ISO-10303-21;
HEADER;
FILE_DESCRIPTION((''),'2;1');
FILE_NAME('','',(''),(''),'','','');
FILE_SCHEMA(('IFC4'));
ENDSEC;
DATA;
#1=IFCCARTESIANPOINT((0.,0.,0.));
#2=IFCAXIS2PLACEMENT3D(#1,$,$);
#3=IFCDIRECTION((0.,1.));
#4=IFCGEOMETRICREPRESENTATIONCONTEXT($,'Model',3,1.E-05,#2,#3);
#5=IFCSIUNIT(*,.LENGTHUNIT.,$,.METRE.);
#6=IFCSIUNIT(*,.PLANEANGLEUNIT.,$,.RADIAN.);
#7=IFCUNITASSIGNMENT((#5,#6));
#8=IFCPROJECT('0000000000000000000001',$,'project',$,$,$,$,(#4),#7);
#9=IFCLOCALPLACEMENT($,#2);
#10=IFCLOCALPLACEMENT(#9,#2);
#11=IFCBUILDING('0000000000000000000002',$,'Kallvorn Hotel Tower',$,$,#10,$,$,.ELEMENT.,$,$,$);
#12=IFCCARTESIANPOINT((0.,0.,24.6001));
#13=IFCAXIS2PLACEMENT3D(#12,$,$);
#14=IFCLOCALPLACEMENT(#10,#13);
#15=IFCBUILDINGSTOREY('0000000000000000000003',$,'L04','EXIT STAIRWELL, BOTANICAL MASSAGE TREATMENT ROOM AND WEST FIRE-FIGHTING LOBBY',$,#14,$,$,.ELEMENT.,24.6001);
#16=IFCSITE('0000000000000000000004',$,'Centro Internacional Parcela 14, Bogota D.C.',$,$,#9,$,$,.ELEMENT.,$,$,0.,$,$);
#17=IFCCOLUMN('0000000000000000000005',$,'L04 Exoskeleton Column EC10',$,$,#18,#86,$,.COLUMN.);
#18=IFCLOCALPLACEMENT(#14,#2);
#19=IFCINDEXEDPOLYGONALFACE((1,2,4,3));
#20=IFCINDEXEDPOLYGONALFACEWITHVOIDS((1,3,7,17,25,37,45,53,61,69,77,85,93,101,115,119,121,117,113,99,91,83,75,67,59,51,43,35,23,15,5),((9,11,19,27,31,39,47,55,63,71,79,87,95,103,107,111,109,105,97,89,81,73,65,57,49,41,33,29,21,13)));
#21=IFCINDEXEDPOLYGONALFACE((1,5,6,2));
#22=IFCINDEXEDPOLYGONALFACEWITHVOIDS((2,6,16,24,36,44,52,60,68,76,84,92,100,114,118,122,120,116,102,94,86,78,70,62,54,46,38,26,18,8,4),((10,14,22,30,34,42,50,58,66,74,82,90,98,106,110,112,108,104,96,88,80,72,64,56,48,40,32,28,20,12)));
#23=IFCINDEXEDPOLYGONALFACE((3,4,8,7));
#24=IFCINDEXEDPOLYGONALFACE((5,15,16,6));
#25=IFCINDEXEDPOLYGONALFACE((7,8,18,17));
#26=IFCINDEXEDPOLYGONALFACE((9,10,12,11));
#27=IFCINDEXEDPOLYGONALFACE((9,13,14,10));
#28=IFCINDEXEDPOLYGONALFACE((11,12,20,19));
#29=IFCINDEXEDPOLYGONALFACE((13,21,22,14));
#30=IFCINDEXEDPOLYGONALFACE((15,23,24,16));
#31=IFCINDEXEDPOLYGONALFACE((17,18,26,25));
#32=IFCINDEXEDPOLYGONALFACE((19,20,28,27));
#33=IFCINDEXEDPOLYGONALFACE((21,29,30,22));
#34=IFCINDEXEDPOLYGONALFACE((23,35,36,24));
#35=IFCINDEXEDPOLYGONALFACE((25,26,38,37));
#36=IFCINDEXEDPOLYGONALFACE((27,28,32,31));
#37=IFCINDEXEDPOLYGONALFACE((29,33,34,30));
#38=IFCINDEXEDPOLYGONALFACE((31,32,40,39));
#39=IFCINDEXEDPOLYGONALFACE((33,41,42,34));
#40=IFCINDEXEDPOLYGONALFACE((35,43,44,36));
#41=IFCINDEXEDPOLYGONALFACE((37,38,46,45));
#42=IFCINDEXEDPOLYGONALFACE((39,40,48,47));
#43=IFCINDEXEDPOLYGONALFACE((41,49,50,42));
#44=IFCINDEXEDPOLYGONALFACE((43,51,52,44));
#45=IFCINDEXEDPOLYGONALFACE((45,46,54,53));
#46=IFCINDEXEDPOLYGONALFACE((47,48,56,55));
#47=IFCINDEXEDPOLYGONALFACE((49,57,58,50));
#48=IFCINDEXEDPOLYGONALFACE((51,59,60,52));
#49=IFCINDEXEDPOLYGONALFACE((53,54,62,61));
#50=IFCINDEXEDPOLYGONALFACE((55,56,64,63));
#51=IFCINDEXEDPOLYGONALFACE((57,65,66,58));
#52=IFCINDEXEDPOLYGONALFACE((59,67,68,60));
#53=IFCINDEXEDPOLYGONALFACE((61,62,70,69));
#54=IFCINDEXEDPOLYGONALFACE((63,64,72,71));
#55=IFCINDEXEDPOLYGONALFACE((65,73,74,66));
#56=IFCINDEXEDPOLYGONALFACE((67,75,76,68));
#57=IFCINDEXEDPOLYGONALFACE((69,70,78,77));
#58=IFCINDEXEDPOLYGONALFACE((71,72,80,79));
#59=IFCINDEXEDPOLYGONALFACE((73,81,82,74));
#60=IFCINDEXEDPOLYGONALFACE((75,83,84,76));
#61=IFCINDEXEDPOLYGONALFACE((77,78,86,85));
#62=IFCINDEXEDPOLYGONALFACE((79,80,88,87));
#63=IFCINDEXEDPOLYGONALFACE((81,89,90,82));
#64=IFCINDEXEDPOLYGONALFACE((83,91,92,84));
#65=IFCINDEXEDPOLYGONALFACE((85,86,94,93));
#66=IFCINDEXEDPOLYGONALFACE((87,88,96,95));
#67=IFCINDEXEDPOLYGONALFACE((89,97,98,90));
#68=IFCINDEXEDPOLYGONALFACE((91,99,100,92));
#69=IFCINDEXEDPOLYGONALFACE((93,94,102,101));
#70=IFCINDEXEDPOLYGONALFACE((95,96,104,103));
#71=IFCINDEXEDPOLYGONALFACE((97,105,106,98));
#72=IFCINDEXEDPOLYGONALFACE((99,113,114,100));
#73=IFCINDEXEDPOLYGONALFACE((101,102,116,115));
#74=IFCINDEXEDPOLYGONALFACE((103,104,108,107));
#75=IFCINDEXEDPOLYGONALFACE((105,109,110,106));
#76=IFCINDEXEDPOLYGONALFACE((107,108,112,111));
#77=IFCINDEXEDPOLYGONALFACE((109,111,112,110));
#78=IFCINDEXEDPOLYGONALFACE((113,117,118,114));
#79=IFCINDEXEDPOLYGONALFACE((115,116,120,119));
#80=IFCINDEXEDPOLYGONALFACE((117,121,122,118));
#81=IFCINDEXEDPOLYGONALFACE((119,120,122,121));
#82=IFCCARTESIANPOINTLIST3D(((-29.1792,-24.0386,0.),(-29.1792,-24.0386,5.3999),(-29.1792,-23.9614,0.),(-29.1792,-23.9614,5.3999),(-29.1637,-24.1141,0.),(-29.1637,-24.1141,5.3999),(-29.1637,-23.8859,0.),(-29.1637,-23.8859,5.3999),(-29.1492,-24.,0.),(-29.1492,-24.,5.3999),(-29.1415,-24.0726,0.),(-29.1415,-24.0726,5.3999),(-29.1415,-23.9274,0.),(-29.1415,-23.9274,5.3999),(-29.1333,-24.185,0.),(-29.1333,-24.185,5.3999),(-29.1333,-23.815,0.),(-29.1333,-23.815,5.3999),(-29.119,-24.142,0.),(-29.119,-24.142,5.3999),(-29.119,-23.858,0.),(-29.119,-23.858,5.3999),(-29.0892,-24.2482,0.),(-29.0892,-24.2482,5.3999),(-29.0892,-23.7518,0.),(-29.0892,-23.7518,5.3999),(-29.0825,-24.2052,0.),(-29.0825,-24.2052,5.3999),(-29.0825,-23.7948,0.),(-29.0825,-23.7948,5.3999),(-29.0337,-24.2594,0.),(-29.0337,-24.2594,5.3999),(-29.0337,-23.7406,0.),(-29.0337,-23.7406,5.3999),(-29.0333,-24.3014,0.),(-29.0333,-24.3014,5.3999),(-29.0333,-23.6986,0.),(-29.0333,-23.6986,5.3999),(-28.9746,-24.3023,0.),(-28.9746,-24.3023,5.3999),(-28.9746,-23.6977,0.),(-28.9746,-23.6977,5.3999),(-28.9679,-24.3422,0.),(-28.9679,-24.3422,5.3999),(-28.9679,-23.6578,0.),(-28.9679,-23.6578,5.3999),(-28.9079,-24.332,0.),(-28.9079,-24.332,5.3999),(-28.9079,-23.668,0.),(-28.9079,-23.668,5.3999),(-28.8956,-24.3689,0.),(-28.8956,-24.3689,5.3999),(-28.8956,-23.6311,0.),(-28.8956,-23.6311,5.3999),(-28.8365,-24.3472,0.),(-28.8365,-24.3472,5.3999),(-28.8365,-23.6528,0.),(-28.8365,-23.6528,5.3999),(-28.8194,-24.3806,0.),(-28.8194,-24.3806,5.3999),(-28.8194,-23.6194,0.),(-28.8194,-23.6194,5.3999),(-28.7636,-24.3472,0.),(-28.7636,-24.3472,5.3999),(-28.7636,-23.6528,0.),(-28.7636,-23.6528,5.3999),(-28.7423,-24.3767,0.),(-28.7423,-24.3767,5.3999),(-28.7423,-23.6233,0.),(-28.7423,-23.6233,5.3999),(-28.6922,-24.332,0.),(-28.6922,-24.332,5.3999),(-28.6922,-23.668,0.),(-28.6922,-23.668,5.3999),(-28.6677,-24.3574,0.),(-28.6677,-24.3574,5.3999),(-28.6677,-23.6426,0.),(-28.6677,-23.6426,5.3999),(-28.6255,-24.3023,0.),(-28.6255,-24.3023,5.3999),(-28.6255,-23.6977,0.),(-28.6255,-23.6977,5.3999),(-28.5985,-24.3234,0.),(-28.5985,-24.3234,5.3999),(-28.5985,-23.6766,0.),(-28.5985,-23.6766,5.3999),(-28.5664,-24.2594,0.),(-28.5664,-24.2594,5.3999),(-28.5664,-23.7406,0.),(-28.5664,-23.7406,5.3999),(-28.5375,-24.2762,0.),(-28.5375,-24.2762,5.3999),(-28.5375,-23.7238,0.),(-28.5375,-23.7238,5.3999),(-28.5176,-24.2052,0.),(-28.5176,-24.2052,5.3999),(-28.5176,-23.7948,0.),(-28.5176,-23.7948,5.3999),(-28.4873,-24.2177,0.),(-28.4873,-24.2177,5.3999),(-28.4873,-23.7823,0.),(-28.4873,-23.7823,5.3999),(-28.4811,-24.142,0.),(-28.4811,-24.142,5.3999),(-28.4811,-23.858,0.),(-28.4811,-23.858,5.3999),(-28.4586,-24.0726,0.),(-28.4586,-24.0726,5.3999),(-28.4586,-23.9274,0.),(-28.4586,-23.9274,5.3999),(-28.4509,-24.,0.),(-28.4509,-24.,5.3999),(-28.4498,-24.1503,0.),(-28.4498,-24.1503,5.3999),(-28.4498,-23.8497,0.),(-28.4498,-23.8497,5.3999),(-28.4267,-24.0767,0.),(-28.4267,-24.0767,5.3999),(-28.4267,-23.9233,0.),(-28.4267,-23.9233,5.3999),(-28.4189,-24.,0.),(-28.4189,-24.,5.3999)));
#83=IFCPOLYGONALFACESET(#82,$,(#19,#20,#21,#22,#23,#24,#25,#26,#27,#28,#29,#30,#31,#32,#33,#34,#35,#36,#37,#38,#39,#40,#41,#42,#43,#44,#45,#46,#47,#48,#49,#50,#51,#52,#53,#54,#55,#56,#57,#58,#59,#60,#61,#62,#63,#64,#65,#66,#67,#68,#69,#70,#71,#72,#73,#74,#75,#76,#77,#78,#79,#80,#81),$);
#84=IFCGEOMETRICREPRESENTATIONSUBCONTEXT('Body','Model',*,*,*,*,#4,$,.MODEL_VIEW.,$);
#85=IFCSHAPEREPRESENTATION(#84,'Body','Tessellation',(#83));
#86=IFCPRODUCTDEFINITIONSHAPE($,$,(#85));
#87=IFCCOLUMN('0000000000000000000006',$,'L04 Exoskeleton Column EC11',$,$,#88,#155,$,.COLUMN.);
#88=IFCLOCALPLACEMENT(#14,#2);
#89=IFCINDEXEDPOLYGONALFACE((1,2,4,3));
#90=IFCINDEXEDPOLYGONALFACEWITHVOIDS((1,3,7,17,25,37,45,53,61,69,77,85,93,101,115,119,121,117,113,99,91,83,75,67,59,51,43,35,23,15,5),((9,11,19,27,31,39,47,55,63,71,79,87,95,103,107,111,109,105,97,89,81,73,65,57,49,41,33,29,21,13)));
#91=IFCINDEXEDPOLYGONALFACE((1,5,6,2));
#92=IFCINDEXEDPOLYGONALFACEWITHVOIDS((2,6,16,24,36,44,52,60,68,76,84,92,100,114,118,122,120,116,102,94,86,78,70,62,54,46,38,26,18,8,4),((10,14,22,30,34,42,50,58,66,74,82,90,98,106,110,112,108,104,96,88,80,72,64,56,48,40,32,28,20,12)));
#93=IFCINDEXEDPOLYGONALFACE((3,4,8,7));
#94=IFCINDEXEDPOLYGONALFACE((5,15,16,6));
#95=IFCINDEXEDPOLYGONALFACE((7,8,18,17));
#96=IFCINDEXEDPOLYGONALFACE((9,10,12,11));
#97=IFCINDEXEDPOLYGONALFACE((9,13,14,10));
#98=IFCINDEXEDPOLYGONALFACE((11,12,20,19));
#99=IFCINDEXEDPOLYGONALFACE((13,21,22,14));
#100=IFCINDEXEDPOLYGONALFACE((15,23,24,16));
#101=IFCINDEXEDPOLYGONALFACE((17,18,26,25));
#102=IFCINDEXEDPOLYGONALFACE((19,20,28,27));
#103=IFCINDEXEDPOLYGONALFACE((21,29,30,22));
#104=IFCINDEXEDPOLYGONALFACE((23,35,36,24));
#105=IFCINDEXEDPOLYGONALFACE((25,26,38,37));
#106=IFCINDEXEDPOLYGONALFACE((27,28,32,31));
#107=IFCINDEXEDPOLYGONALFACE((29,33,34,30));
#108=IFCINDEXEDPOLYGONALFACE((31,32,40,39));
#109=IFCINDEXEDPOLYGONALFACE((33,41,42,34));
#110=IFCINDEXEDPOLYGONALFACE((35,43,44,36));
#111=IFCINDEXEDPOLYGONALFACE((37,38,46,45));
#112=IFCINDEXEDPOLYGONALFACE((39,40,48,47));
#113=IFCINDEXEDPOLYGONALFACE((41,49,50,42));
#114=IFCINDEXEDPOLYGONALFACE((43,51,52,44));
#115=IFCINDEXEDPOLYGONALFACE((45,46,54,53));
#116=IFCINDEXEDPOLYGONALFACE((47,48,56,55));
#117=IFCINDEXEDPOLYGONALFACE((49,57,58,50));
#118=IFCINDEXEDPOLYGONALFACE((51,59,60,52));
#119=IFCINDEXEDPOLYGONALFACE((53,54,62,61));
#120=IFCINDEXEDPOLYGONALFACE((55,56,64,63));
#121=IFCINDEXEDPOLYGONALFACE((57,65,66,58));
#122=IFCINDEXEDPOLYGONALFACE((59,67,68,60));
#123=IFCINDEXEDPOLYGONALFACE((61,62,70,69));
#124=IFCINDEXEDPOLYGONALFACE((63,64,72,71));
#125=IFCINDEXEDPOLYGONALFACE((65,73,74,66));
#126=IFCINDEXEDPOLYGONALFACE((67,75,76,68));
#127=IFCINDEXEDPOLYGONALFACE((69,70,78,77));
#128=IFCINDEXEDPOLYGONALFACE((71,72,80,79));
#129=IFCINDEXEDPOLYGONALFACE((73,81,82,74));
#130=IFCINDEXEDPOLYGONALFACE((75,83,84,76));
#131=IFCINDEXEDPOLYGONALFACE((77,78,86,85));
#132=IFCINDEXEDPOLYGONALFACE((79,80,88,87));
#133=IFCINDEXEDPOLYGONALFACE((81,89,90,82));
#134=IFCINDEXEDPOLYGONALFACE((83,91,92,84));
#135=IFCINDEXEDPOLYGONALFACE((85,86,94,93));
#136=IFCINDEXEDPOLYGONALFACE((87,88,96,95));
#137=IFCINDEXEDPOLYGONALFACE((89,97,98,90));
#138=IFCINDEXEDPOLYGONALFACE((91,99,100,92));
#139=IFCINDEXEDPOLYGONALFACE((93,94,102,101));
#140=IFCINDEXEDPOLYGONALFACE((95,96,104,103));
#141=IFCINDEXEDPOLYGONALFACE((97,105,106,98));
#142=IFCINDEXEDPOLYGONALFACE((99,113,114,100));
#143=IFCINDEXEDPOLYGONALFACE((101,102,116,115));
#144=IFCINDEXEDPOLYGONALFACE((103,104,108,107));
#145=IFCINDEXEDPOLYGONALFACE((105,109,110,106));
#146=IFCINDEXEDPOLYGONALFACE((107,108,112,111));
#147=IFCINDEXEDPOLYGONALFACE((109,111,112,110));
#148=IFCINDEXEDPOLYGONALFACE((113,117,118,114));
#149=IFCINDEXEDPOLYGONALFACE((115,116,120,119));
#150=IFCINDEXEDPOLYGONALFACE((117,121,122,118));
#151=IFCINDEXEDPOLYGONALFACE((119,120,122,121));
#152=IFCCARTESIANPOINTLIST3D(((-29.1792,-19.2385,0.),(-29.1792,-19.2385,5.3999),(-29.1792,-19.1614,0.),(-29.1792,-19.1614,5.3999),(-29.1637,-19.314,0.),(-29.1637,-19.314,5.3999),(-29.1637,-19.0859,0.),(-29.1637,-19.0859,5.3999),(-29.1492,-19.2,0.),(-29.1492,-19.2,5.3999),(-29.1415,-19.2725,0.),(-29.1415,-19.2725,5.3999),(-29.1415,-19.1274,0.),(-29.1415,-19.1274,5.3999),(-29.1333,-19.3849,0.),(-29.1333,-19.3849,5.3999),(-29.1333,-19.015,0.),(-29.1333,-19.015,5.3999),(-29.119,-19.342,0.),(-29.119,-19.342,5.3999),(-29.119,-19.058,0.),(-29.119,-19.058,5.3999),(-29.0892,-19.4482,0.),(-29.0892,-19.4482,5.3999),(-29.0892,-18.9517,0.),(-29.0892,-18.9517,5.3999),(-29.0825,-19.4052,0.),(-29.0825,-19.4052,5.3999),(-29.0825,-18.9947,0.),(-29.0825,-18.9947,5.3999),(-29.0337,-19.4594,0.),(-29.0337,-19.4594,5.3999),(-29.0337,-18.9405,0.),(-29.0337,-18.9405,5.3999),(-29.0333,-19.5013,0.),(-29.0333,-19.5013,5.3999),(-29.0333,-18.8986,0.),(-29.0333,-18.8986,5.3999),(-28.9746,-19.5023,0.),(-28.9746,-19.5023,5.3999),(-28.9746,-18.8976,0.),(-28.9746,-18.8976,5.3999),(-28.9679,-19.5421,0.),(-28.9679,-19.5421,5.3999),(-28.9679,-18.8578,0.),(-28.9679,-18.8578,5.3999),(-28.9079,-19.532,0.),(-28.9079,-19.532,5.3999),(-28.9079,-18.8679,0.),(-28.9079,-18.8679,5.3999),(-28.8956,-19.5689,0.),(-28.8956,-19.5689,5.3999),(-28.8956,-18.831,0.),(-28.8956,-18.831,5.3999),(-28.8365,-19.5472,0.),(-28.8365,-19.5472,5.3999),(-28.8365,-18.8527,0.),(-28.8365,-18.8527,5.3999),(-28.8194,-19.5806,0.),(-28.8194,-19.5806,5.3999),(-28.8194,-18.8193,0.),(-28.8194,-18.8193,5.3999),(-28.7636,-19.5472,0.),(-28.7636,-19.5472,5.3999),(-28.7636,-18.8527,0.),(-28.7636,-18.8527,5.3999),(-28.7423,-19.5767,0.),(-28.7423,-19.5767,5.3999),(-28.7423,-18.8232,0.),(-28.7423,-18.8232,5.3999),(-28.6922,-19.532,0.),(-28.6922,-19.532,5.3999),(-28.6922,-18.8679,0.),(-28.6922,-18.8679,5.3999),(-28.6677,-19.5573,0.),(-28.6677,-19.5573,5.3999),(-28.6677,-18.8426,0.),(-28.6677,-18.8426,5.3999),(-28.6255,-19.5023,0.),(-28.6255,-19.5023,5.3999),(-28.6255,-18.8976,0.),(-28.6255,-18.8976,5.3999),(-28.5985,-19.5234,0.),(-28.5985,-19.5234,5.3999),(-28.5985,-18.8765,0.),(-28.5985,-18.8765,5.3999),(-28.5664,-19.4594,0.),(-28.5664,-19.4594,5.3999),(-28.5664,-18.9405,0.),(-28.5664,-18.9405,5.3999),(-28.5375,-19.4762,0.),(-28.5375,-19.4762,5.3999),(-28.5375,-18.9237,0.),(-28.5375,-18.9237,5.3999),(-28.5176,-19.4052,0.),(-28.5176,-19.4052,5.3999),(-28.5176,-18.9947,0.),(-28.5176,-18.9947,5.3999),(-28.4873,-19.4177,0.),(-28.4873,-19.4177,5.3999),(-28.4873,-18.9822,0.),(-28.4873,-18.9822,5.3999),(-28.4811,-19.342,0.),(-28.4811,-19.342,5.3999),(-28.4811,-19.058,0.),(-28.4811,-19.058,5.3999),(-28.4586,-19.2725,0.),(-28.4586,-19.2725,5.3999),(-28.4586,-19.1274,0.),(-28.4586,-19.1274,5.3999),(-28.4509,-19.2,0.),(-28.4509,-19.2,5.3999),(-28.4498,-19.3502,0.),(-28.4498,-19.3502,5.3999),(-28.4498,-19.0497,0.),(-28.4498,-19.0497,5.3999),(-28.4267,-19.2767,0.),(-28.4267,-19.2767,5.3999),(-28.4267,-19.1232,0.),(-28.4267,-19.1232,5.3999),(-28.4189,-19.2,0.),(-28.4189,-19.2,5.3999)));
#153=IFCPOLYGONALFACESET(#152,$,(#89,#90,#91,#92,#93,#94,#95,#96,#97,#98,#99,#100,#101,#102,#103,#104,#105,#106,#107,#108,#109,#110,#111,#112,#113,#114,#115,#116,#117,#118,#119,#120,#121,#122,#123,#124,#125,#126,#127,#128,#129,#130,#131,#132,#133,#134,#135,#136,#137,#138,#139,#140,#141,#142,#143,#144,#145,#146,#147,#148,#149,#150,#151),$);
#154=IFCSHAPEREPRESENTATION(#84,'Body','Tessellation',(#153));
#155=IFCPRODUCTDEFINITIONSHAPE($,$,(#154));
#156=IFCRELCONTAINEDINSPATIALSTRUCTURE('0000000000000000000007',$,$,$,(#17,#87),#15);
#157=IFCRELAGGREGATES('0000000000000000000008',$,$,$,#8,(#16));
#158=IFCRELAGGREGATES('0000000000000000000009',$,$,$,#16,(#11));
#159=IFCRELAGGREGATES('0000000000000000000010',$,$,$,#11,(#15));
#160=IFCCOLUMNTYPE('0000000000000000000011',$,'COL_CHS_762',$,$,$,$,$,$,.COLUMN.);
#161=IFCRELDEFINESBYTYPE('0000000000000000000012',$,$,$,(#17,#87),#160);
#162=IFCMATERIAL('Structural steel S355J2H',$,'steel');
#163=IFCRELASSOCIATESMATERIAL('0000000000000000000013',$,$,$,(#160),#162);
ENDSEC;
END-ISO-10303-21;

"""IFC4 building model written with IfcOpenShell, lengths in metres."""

from ifc_helpers import new_model, si_unit, direction, frame, origin, origin_2d, place, context, subcontext, project, spatial, hollow_circle, extrude, material, material_profile, profile_set, type_object, element, save


model = new_model("IFC4")

# Units and contexts
model_context = context("Model", 3, precision=1e-05, world=origin(), true_north=direction((0.0, 1.0)))
body_context = subcontext(model_context, "Body", "Model", "MODEL_VIEW")
ifc_project = project(units=[si_unit("LENGTHUNIT", "METRE"), si_unit("PLANEANGLEUNIT", "RADIAN")], contexts=[model_context])

# Site, building, storey
site_placement = place(None, origin())
site = spatial("IfcSite", under=ifc_project, at=site_placement, Name="Centro Internacional Parcela 14, Bogota D.C.", CompositionType="ELEMENT", RefElevation=0.0)
building_placement = place(site_placement, origin())
building = spatial("IfcBuilding", under=site, at=building_placement, Name="Kallvorn Hotel Tower", CompositionType="ELEMENT")
storey_placement = place(building_placement, frame((0.0, 0.0, 24.6001)))
storey = spatial("IfcBuildingStorey", under=building, at=storey_placement, Name="L04", Description="EXIT STAIRWELL, BOTANICAL MASSAGE TREATMENT ROOM AND WEST FIRE-FIGHTING LOBBY", CompositionType="ELEMENT", Elevation=24.6001)

# Columns
ifc_material_1 = material(Name="Structural steel S355J2H", Category="steel")
ifc_material_profile_1 = material_profile(ifc_material_1, hollow_circle(Radius=0.3811, WallThickness=0.032, at=origin_2d()), Name="CHS 762x32")
ifc_profile_set_1 = profile_set([ifc_material_profile_1], Name="Structural steel S355J2H")
column_type_1 = type_object("IfcColumnType", Name="COL_CHS_762", PredefinedType="COLUMN", material=ifc_profile_set_1)
for number, where, z_axis, x_axis, name in (
    (1, (-28.8, -24.0, 0.0), (0.0, 0.0, 1.0), (1.0, 0.0, 0.0), "L04 Exoskeleton Column EC10"),
    (2, (-28.8, -19.2, 0.0), (0.0, 0.0, 1.0), (1.0, 0.0, 0.0), "L04 Exoskeleton Column EC11"),
):
    element("IfcColumn", number, at=place(storey_placement, frame(where, z_axis=z_axis, x_axis=x_axis)), inside=storey, type_object=column_type_1, Name=name, PredefinedType="COLUMN", context=body_context, shape_type="SweptSolid", body=[
        extrude(hollow_circle(Radius=0.3811, WallThickness=0.032, at=origin_2d()), origin(), (0.0, 0.0, 1.0), 5.3999),
    ])

save(model, "model.ifc")
